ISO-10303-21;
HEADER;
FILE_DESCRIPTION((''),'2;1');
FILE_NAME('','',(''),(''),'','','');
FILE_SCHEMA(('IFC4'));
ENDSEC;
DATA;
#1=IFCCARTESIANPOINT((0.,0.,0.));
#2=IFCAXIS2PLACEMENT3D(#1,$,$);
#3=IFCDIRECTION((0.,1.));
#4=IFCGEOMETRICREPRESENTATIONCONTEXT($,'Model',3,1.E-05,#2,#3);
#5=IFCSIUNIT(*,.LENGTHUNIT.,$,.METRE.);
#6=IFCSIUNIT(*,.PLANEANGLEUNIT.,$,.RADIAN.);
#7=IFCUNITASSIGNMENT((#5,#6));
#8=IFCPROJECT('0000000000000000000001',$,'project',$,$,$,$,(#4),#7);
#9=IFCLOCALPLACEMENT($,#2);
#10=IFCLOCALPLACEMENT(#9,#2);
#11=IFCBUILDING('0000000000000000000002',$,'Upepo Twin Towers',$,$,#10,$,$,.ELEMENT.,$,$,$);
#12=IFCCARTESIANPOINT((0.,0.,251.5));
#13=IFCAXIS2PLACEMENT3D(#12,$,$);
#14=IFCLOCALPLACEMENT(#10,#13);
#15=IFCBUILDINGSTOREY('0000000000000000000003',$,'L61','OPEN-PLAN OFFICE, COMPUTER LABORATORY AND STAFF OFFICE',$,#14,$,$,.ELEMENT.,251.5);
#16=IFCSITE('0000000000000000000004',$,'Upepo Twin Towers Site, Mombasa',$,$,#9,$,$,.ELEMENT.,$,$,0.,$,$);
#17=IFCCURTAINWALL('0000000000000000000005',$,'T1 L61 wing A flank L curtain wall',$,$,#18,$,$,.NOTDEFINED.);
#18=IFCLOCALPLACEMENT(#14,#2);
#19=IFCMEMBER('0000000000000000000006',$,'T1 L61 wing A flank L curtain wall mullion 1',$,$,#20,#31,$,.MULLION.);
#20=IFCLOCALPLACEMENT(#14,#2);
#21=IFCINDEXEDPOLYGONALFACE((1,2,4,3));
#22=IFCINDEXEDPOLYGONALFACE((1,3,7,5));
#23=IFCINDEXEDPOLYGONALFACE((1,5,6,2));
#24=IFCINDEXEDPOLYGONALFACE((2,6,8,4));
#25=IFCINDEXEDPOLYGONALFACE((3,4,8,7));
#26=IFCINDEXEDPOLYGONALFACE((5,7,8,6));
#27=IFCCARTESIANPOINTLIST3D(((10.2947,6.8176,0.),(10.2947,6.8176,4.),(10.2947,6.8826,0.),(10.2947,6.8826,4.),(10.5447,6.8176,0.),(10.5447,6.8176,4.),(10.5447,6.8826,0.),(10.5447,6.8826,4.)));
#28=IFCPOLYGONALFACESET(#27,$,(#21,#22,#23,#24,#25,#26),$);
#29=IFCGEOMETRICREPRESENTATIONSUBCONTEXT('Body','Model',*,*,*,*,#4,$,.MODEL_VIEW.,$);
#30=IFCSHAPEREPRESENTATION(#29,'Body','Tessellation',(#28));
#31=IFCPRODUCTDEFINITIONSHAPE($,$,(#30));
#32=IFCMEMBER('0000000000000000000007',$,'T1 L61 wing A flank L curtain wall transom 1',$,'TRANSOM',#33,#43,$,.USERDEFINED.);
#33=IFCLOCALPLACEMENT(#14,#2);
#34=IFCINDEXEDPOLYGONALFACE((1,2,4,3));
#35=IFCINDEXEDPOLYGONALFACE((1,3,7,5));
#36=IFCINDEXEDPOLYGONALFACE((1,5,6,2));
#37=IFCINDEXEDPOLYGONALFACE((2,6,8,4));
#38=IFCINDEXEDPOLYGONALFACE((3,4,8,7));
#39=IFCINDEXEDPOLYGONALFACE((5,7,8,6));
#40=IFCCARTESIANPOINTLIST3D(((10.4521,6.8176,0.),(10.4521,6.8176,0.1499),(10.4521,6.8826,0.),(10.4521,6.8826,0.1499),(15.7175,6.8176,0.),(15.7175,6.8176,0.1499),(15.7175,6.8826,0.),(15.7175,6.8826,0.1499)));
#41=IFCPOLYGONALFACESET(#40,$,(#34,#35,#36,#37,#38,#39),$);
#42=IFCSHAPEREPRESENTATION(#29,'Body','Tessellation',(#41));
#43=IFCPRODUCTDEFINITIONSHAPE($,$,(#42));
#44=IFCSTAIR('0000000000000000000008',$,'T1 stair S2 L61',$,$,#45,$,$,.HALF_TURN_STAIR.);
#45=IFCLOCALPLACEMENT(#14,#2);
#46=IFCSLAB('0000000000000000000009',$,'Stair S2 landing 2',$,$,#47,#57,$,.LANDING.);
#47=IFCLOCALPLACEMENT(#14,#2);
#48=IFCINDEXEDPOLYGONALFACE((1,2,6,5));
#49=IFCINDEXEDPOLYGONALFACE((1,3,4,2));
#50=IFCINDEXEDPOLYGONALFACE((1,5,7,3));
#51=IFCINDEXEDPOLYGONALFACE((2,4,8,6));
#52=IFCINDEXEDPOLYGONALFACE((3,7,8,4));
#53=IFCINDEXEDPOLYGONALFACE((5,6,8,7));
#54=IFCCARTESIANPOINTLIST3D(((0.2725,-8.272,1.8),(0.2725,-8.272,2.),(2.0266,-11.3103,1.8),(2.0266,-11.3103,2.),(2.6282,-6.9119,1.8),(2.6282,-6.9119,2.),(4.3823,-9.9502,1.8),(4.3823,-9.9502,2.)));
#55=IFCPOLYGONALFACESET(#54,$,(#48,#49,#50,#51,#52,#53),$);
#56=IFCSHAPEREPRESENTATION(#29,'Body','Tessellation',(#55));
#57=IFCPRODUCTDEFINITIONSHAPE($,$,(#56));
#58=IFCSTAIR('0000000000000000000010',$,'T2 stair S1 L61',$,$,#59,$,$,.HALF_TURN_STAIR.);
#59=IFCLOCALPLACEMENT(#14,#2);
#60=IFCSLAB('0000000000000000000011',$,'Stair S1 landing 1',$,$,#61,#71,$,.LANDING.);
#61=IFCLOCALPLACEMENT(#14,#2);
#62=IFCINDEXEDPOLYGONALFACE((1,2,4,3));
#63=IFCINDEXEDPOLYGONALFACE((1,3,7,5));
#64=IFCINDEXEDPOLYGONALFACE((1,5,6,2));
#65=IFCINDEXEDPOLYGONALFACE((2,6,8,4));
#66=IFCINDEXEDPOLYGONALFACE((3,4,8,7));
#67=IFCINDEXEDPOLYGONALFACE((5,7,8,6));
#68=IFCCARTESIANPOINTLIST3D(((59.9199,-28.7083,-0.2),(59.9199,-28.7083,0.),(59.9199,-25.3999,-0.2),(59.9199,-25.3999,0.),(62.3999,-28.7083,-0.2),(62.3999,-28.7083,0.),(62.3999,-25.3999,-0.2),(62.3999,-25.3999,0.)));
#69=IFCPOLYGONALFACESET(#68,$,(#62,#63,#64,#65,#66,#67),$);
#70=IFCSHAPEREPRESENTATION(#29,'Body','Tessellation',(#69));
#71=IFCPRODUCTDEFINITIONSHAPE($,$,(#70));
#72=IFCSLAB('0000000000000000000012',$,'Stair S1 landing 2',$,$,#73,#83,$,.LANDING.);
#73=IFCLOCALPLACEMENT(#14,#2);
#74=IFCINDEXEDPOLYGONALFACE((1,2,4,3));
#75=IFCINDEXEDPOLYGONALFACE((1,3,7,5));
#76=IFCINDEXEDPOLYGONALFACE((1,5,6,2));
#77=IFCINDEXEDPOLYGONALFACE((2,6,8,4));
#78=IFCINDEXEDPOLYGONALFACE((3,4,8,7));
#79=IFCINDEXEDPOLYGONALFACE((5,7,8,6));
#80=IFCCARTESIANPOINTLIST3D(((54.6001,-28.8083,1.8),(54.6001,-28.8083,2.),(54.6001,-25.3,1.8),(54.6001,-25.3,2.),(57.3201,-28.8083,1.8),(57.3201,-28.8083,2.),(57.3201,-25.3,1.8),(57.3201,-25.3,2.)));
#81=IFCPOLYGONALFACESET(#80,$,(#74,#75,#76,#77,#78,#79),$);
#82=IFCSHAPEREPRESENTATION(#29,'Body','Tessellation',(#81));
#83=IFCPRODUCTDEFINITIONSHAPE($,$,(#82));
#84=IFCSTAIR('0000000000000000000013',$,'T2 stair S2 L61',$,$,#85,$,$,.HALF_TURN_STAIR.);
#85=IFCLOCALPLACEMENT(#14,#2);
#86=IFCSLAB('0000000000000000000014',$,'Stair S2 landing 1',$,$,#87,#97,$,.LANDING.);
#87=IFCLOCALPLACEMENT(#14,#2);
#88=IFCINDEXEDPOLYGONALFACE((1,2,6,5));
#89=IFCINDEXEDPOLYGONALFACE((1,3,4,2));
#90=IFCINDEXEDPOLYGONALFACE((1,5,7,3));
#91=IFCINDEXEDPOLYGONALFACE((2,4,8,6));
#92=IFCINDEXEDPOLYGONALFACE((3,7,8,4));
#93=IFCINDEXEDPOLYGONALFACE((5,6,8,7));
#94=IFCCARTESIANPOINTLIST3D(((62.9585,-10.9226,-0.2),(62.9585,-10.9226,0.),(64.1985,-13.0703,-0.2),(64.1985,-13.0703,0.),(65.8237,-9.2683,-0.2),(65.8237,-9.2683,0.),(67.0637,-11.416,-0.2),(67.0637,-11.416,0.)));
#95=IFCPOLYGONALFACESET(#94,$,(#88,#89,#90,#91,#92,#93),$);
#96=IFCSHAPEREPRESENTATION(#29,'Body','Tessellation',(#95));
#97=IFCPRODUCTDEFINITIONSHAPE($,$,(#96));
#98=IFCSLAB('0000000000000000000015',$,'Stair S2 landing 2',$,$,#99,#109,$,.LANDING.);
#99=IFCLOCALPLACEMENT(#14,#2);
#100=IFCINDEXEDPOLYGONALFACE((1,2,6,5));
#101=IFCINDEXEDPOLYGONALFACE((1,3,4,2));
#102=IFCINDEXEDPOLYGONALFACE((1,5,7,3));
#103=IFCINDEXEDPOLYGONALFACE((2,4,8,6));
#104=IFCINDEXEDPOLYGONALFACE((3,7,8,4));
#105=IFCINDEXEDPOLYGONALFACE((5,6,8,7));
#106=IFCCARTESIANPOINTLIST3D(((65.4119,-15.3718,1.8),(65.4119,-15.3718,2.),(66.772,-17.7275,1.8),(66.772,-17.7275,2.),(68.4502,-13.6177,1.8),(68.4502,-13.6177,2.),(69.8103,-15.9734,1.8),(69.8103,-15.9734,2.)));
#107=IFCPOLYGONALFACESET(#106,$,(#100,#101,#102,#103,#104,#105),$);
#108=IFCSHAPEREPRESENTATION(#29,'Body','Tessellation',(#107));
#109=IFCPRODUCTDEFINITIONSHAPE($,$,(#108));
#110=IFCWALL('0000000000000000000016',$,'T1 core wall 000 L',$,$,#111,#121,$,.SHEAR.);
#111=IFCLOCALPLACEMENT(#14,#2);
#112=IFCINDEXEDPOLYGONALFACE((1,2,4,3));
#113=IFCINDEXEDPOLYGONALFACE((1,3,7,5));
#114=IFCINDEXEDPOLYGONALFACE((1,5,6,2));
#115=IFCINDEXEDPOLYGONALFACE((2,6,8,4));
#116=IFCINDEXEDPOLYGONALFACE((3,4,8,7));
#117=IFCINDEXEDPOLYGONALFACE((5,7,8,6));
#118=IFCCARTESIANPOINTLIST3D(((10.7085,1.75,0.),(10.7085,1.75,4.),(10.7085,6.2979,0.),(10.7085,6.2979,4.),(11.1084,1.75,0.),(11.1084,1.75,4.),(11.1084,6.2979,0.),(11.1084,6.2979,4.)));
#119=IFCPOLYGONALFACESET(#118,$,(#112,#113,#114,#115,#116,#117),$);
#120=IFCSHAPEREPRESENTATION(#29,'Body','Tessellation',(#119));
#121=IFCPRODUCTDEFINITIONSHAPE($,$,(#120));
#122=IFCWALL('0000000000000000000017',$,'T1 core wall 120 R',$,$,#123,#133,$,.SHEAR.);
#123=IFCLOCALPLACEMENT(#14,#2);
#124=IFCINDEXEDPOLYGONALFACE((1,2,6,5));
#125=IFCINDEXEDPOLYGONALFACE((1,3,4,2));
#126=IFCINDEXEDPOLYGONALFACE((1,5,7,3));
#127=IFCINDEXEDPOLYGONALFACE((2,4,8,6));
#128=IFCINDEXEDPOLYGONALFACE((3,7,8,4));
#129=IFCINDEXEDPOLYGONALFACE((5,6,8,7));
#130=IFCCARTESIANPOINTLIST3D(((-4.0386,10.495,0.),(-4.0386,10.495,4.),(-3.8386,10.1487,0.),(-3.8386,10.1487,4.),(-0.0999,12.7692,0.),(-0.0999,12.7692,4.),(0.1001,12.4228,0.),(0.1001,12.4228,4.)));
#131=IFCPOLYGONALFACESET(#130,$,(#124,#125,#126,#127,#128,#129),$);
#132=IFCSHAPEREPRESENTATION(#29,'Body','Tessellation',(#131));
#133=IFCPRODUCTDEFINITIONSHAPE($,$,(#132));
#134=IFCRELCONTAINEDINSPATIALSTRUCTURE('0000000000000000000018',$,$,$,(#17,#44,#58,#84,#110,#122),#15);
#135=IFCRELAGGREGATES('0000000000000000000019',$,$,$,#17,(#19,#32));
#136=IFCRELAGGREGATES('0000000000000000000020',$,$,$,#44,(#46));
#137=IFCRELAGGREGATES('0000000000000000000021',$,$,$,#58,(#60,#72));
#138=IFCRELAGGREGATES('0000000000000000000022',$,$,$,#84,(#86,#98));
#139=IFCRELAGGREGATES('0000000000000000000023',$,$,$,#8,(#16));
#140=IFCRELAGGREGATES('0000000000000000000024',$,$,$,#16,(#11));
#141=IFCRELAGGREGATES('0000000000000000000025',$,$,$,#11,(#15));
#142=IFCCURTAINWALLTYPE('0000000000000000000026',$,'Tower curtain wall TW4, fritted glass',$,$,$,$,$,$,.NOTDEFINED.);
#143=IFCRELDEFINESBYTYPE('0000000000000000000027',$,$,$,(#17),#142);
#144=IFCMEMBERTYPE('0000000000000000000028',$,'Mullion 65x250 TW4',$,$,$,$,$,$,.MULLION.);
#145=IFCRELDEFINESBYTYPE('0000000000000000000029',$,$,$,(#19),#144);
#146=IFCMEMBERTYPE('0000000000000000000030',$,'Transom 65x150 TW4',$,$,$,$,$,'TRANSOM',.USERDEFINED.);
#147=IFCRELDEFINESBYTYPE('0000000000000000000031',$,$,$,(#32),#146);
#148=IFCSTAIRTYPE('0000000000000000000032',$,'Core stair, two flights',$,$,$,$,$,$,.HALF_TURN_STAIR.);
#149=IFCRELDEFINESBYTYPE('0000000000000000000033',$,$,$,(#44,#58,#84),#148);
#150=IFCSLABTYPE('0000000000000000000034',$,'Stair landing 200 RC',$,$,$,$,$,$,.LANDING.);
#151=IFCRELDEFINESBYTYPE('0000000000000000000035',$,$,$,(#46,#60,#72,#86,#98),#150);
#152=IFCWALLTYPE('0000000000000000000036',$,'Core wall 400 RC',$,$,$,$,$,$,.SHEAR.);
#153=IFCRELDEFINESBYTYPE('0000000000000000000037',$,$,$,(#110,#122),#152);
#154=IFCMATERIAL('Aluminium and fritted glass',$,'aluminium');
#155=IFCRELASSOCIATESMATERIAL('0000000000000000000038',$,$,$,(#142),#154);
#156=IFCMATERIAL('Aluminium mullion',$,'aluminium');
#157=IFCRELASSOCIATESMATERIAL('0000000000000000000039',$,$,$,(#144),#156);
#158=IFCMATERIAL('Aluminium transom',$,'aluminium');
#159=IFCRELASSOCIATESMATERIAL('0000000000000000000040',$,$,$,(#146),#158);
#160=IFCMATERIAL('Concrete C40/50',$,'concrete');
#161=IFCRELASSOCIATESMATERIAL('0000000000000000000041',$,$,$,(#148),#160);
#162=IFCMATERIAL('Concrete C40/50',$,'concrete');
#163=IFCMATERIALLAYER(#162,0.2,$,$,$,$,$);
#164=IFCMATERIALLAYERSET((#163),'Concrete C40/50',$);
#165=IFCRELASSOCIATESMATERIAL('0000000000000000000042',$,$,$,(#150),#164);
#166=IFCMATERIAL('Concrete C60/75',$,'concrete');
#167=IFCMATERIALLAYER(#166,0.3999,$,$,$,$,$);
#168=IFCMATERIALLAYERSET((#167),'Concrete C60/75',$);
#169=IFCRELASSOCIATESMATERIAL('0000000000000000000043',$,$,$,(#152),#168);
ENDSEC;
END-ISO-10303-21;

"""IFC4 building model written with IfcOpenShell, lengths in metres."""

from ifc_helpers import new_model, si_unit, direction, frame, frame_2d, origin, origin_2d, place, context, subcontext, project, spatial, polyline, rectangle, outline, extrude, material, layer, layer_set, material_profile, profile_set, type_object, element, aggregate, save


model = new_model("IFC4")

# Units and contexts
model_context = context("Model", 3, precision=1e-05, world=origin(), true_north=direction((0.0, 1.0)))
body_context = subcontext(model_context, "Body", "Model", "MODEL_VIEW")
ifc_project = project(units=[si_unit("LENGTHUNIT", "METRE"), si_unit("PLANEANGLEUNIT", "RADIAN")], contexts=[model_context])

# Site, building, storey
site_placement = place(None, origin())
site = spatial("IfcSite", under=ifc_project, at=site_placement, Name="Upepo Twin Towers Site, Mombasa", CompositionType="ELEMENT", RefElevation=0.0)
building_placement = place(site_placement, origin())
building = spatial("IfcBuilding", under=site, at=building_placement, Name="Upepo Twin Towers", CompositionType="ELEMENT")
storey_placement = place(building_placement, frame((0.0, 0.0, 251.5)))
storey = spatial("IfcBuildingStorey", under=building, at=storey_placement, Name="L61", Description="OPEN-PLAN OFFICE, COMPUTER LABORATORY AND STAFF OFFICE", CompositionType="ELEMENT", Elevation=251.5)

# Curtain wall, members
ifc_material_1 = material(Name="Aluminium and fritted glass", Category="aluminium")
curtain_wall_type = type_object("IfcCurtainWallType", Name="Tower curtain wall TW4, fritted glass", PredefinedType="NOTDEFINED", material=ifc_material_1)
curtain_wall_placement = place(storey_placement, origin())
curtain_wall = element("IfcCurtainWall", 1, at=curtain_wall_placement, inside=storey, type_object=curtain_wall_type, Name="T1 L61 wing A flank L curtain wall", PredefinedType="NOTDEFINED")
ifc_material_2 = material(Name="Aluminium mullion", Category="aluminium")
ifc_material_profile_1 = material_profile(ifc_material_2, rectangle(XDim=0.0649, YDim=0.25, at=origin_2d()), Name="MULLION 65x250")
ifc_profile_set_1 = profile_set([ifc_material_profile_1], Name="Aluminium mullion")
member_type_1 = type_object("IfcMemberType", Name="Mullion 65x250 TW4", PredefinedType="MULLION", material=ifc_profile_set_1)
member_1_placement = place(storey_placement, frame((10.4197, 6.8501, 0.0), z_axis=(0.0, 0.0, 1.0), x_axis=(0.0, 1.0, 0.0)))
member_1 = element("IfcMember", 2, at=member_1_placement, type_object=member_type_1, Name="T1 L61 wing A flank L curtain wall mullion 1", PredefinedType="MULLION", context=body_context, shape_type="SweptSolid", body=[
    extrude(rectangle(XDim=0.0649, YDim=0.25, at=origin_2d()), origin(), (0.0, 0.0, 1.0), 4.0),
])
ifc_material_3 = material(Name="Aluminium transom", Category="aluminium")
ifc_material_profile_2 = material_profile(ifc_material_3, rectangle(XDim=0.0649, YDim=0.1499, at=origin_2d()), Name="TRANSOM 65x150")
ifc_profile_set_2 = profile_set([ifc_material_profile_2], Name="Aluminium transom")
member_type_2 = type_object("IfcMemberType", Name="Transom 65x150 TW4", ElementType="TRANSOM", PredefinedType="USERDEFINED", material=ifc_profile_set_2)
member_2_placement = place(storey_placement, frame((10.4521, 6.8501, 0.075), z_axis=(1.0, 0.0, 0.0), x_axis=(0.0, 1.0, 0.0)))
member_2 = element("IfcMember", 3, at=member_2_placement, type_object=member_type_2, Name="T1 L61 wing A flank L curtain wall transom 1", ObjectType="TRANSOM", PredefinedType="USERDEFINED", context=body_context, shape_type="SweptSolid", body=[
    extrude(rectangle(XDim=0.0649, YDim=0.1499, at=origin_2d()), origin(), (0.0, 0.0, 1.0), 5.2654),
])
aggregate(curtain_wall, [member_1, member_2])

# Stair, slab
ifc_material_4 = material(Name="Concrete C40/50", Category="concrete")
stair_type = type_object("IfcStairType", Name="Core stair, two flights", PredefinedType="HALF_TURN_STAIR", material=ifc_material_4)
stair_1_placement = place(storey_placement, origin())
stair_1 = element("IfcStair", 4, at=stair_1_placement, inside=storey, type_object=stair_type, Name="T1 stair S2 L61", PredefinedType="HALF_TURN_STAIR")
ifc_material_5 = material(Name="Concrete C40/50", Category="concrete")
ifc_layer_1 = layer(ifc_material_5, 0.2)
ifc_layer_set_1 = layer_set([ifc_layer_1], Name="Concrete C40/50")
slab_type = type_object("IfcSlabType", Name="Stair landing 200 RC", PredefinedType="LANDING", material=ifc_layer_set_1)
slab_1_placement = place(storey_placement, frame((0.0, 0.0, 1.8)))
slab_1 = element("IfcSlab", 5, at=slab_1_placement, type_object=slab_type, Name="Stair S2 landing 2", PredefinedType="LANDING", context=body_context, shape_type="SweptSolid", body=[
    extrude(outline(polyline([(0.2725, -8.272), (2.0266, -11.3103), (4.3823, -9.9502), (2.6282, -6.9119), (0.2725, -8.272)])), origin(), (0.0, 0.0, 1.0), 0.2),
])
aggregate(stair_1, [slab_1])

# Stairs, slabs
stair_2_placement = place(storey_placement, origin())
stair_2 = element("IfcStair", 6, at=stair_2_placement, inside=storey, type_object=stair_type, Name="T2 stair S1 L61", PredefinedType="HALF_TURN_STAIR")
slab_2_placement = place(storey_placement, frame((0.0, 0.0, -0.2)))
slab_2 = element("IfcSlab", 7, at=slab_2_placement, type_object=slab_type, Name="Stair S1 landing 1", PredefinedType="LANDING", context=body_context, shape_type="SweptSolid", body=[
    extrude(outline(polyline([(59.9199, -25.3999), (59.9199, -28.7083), (62.3999, -28.7083), (62.3999, -25.3999), (59.9199, -25.3999)])), origin(), (0.0, 0.0, 1.0), 0.2),
])
slab_3_placement = place(storey_placement, frame((0.0, 0.0, 1.8)))
slab_3 = element("IfcSlab", 8, at=slab_3_placement, type_object=slab_type, Name="Stair S1 landing 2", PredefinedType="LANDING", context=body_context, shape_type="SweptSolid", body=[
    extrude(outline(polyline([(54.6001, -25.3), (54.6001, -28.8083), (57.3201, -28.8083), (57.3201, -25.3), (54.6001, -25.3)])), origin(), (0.0, 0.0, 1.0), 0.2),
])
aggregate(stair_2, [slab_2, slab_3])
stair_3_placement = place(storey_placement, origin())
stair_3 = element("IfcStair", 9, at=stair_3_placement, inside=storey, type_object=stair_type, Name="T2 stair S2 L61", PredefinedType="HALF_TURN_STAIR")
slab_4_placement = place(storey_placement, frame((0.0, 0.0, -0.2)))
slab_4 = element("IfcSlab", 10, at=slab_4_placement, type_object=slab_type, Name="Stair S2 landing 1", PredefinedType="LANDING", context=body_context, shape_type="SweptSolid", body=[
    extrude(outline(polyline([(64.1985, -13.0703), (67.0637, -11.416), (65.8237, -9.2683), (62.9585, -10.9226), (64.1985, -13.0703)])), origin(), (0.0, 0.0, 1.0), 0.2),
])
slab_5_placement = place(storey_placement, frame((0.0, 0.0, 1.8)))
slab_5 = element("IfcSlab", 11, at=slab_5_placement, type_object=slab_type, Name="Stair S2 landing 2", PredefinedType="LANDING", context=body_context, shape_type="SweptSolid", body=[
    extrude(outline(polyline([(66.772, -17.7275), (69.8103, -15.9734), (68.4502, -13.6177), (65.4119, -15.3718), (66.772, -17.7275)])), origin(), (0.0, 0.0, 1.0), 0.2),
])
aggregate(stair_3, [slab_4, slab_5])

# Walls
ifc_material_6 = material(Name="Concrete C60/75", Category="concrete")
ifc_layer_2 = layer(ifc_material_6, 0.3999)
ifc_layer_set_2 = layer_set([ifc_layer_2], Name="Concrete C60/75")
wall_type_1 = type_object("IfcWallType", Name="Core wall 400 RC", PredefinedType="SHEAR", material=ifc_layer_set_2)
wall_1_placement = place(storey_placement, frame((10.9084, 1.75, 0.0), z_axis=(0.0, 0.0, 1.0), x_axis=(0.0, 1.0, 0.0)))
element("IfcWall", 12, at=wall_1_placement, inside=storey, type_object=wall_type_1, Name="T1 core wall 000 L", PredefinedType="SHEAR", context=body_context, shape_type="SweptSolid", body=[
    extrude(rectangle(XDim=4.5479, YDim=0.3999, at=frame_2d((2.2739, 0.0))), origin(), (0.0, 0.0, 1.0), 4.0),
])
wall_2_placement = place(storey_placement, frame((0.0, 12.5959, 0.0), z_axis=(0.0, 0.0, 1.0), x_axis=(-0.866011, -0.500024, 0.0)))
element("IfcWall", 13, at=wall_2_placement, inside=storey, type_object=wall_type_1, Name="T1 core wall 120 R", PredefinedType="SHEAR", context=body_context, shape_type="SweptSolid", body=[
    extrude(rectangle(XDim=4.5481, YDim=0.3999, at=frame_2d((2.2739, 0.0))), origin(), (0.0, 0.0, 1.0), 4.0),
])

save(model, "model.ifc")
